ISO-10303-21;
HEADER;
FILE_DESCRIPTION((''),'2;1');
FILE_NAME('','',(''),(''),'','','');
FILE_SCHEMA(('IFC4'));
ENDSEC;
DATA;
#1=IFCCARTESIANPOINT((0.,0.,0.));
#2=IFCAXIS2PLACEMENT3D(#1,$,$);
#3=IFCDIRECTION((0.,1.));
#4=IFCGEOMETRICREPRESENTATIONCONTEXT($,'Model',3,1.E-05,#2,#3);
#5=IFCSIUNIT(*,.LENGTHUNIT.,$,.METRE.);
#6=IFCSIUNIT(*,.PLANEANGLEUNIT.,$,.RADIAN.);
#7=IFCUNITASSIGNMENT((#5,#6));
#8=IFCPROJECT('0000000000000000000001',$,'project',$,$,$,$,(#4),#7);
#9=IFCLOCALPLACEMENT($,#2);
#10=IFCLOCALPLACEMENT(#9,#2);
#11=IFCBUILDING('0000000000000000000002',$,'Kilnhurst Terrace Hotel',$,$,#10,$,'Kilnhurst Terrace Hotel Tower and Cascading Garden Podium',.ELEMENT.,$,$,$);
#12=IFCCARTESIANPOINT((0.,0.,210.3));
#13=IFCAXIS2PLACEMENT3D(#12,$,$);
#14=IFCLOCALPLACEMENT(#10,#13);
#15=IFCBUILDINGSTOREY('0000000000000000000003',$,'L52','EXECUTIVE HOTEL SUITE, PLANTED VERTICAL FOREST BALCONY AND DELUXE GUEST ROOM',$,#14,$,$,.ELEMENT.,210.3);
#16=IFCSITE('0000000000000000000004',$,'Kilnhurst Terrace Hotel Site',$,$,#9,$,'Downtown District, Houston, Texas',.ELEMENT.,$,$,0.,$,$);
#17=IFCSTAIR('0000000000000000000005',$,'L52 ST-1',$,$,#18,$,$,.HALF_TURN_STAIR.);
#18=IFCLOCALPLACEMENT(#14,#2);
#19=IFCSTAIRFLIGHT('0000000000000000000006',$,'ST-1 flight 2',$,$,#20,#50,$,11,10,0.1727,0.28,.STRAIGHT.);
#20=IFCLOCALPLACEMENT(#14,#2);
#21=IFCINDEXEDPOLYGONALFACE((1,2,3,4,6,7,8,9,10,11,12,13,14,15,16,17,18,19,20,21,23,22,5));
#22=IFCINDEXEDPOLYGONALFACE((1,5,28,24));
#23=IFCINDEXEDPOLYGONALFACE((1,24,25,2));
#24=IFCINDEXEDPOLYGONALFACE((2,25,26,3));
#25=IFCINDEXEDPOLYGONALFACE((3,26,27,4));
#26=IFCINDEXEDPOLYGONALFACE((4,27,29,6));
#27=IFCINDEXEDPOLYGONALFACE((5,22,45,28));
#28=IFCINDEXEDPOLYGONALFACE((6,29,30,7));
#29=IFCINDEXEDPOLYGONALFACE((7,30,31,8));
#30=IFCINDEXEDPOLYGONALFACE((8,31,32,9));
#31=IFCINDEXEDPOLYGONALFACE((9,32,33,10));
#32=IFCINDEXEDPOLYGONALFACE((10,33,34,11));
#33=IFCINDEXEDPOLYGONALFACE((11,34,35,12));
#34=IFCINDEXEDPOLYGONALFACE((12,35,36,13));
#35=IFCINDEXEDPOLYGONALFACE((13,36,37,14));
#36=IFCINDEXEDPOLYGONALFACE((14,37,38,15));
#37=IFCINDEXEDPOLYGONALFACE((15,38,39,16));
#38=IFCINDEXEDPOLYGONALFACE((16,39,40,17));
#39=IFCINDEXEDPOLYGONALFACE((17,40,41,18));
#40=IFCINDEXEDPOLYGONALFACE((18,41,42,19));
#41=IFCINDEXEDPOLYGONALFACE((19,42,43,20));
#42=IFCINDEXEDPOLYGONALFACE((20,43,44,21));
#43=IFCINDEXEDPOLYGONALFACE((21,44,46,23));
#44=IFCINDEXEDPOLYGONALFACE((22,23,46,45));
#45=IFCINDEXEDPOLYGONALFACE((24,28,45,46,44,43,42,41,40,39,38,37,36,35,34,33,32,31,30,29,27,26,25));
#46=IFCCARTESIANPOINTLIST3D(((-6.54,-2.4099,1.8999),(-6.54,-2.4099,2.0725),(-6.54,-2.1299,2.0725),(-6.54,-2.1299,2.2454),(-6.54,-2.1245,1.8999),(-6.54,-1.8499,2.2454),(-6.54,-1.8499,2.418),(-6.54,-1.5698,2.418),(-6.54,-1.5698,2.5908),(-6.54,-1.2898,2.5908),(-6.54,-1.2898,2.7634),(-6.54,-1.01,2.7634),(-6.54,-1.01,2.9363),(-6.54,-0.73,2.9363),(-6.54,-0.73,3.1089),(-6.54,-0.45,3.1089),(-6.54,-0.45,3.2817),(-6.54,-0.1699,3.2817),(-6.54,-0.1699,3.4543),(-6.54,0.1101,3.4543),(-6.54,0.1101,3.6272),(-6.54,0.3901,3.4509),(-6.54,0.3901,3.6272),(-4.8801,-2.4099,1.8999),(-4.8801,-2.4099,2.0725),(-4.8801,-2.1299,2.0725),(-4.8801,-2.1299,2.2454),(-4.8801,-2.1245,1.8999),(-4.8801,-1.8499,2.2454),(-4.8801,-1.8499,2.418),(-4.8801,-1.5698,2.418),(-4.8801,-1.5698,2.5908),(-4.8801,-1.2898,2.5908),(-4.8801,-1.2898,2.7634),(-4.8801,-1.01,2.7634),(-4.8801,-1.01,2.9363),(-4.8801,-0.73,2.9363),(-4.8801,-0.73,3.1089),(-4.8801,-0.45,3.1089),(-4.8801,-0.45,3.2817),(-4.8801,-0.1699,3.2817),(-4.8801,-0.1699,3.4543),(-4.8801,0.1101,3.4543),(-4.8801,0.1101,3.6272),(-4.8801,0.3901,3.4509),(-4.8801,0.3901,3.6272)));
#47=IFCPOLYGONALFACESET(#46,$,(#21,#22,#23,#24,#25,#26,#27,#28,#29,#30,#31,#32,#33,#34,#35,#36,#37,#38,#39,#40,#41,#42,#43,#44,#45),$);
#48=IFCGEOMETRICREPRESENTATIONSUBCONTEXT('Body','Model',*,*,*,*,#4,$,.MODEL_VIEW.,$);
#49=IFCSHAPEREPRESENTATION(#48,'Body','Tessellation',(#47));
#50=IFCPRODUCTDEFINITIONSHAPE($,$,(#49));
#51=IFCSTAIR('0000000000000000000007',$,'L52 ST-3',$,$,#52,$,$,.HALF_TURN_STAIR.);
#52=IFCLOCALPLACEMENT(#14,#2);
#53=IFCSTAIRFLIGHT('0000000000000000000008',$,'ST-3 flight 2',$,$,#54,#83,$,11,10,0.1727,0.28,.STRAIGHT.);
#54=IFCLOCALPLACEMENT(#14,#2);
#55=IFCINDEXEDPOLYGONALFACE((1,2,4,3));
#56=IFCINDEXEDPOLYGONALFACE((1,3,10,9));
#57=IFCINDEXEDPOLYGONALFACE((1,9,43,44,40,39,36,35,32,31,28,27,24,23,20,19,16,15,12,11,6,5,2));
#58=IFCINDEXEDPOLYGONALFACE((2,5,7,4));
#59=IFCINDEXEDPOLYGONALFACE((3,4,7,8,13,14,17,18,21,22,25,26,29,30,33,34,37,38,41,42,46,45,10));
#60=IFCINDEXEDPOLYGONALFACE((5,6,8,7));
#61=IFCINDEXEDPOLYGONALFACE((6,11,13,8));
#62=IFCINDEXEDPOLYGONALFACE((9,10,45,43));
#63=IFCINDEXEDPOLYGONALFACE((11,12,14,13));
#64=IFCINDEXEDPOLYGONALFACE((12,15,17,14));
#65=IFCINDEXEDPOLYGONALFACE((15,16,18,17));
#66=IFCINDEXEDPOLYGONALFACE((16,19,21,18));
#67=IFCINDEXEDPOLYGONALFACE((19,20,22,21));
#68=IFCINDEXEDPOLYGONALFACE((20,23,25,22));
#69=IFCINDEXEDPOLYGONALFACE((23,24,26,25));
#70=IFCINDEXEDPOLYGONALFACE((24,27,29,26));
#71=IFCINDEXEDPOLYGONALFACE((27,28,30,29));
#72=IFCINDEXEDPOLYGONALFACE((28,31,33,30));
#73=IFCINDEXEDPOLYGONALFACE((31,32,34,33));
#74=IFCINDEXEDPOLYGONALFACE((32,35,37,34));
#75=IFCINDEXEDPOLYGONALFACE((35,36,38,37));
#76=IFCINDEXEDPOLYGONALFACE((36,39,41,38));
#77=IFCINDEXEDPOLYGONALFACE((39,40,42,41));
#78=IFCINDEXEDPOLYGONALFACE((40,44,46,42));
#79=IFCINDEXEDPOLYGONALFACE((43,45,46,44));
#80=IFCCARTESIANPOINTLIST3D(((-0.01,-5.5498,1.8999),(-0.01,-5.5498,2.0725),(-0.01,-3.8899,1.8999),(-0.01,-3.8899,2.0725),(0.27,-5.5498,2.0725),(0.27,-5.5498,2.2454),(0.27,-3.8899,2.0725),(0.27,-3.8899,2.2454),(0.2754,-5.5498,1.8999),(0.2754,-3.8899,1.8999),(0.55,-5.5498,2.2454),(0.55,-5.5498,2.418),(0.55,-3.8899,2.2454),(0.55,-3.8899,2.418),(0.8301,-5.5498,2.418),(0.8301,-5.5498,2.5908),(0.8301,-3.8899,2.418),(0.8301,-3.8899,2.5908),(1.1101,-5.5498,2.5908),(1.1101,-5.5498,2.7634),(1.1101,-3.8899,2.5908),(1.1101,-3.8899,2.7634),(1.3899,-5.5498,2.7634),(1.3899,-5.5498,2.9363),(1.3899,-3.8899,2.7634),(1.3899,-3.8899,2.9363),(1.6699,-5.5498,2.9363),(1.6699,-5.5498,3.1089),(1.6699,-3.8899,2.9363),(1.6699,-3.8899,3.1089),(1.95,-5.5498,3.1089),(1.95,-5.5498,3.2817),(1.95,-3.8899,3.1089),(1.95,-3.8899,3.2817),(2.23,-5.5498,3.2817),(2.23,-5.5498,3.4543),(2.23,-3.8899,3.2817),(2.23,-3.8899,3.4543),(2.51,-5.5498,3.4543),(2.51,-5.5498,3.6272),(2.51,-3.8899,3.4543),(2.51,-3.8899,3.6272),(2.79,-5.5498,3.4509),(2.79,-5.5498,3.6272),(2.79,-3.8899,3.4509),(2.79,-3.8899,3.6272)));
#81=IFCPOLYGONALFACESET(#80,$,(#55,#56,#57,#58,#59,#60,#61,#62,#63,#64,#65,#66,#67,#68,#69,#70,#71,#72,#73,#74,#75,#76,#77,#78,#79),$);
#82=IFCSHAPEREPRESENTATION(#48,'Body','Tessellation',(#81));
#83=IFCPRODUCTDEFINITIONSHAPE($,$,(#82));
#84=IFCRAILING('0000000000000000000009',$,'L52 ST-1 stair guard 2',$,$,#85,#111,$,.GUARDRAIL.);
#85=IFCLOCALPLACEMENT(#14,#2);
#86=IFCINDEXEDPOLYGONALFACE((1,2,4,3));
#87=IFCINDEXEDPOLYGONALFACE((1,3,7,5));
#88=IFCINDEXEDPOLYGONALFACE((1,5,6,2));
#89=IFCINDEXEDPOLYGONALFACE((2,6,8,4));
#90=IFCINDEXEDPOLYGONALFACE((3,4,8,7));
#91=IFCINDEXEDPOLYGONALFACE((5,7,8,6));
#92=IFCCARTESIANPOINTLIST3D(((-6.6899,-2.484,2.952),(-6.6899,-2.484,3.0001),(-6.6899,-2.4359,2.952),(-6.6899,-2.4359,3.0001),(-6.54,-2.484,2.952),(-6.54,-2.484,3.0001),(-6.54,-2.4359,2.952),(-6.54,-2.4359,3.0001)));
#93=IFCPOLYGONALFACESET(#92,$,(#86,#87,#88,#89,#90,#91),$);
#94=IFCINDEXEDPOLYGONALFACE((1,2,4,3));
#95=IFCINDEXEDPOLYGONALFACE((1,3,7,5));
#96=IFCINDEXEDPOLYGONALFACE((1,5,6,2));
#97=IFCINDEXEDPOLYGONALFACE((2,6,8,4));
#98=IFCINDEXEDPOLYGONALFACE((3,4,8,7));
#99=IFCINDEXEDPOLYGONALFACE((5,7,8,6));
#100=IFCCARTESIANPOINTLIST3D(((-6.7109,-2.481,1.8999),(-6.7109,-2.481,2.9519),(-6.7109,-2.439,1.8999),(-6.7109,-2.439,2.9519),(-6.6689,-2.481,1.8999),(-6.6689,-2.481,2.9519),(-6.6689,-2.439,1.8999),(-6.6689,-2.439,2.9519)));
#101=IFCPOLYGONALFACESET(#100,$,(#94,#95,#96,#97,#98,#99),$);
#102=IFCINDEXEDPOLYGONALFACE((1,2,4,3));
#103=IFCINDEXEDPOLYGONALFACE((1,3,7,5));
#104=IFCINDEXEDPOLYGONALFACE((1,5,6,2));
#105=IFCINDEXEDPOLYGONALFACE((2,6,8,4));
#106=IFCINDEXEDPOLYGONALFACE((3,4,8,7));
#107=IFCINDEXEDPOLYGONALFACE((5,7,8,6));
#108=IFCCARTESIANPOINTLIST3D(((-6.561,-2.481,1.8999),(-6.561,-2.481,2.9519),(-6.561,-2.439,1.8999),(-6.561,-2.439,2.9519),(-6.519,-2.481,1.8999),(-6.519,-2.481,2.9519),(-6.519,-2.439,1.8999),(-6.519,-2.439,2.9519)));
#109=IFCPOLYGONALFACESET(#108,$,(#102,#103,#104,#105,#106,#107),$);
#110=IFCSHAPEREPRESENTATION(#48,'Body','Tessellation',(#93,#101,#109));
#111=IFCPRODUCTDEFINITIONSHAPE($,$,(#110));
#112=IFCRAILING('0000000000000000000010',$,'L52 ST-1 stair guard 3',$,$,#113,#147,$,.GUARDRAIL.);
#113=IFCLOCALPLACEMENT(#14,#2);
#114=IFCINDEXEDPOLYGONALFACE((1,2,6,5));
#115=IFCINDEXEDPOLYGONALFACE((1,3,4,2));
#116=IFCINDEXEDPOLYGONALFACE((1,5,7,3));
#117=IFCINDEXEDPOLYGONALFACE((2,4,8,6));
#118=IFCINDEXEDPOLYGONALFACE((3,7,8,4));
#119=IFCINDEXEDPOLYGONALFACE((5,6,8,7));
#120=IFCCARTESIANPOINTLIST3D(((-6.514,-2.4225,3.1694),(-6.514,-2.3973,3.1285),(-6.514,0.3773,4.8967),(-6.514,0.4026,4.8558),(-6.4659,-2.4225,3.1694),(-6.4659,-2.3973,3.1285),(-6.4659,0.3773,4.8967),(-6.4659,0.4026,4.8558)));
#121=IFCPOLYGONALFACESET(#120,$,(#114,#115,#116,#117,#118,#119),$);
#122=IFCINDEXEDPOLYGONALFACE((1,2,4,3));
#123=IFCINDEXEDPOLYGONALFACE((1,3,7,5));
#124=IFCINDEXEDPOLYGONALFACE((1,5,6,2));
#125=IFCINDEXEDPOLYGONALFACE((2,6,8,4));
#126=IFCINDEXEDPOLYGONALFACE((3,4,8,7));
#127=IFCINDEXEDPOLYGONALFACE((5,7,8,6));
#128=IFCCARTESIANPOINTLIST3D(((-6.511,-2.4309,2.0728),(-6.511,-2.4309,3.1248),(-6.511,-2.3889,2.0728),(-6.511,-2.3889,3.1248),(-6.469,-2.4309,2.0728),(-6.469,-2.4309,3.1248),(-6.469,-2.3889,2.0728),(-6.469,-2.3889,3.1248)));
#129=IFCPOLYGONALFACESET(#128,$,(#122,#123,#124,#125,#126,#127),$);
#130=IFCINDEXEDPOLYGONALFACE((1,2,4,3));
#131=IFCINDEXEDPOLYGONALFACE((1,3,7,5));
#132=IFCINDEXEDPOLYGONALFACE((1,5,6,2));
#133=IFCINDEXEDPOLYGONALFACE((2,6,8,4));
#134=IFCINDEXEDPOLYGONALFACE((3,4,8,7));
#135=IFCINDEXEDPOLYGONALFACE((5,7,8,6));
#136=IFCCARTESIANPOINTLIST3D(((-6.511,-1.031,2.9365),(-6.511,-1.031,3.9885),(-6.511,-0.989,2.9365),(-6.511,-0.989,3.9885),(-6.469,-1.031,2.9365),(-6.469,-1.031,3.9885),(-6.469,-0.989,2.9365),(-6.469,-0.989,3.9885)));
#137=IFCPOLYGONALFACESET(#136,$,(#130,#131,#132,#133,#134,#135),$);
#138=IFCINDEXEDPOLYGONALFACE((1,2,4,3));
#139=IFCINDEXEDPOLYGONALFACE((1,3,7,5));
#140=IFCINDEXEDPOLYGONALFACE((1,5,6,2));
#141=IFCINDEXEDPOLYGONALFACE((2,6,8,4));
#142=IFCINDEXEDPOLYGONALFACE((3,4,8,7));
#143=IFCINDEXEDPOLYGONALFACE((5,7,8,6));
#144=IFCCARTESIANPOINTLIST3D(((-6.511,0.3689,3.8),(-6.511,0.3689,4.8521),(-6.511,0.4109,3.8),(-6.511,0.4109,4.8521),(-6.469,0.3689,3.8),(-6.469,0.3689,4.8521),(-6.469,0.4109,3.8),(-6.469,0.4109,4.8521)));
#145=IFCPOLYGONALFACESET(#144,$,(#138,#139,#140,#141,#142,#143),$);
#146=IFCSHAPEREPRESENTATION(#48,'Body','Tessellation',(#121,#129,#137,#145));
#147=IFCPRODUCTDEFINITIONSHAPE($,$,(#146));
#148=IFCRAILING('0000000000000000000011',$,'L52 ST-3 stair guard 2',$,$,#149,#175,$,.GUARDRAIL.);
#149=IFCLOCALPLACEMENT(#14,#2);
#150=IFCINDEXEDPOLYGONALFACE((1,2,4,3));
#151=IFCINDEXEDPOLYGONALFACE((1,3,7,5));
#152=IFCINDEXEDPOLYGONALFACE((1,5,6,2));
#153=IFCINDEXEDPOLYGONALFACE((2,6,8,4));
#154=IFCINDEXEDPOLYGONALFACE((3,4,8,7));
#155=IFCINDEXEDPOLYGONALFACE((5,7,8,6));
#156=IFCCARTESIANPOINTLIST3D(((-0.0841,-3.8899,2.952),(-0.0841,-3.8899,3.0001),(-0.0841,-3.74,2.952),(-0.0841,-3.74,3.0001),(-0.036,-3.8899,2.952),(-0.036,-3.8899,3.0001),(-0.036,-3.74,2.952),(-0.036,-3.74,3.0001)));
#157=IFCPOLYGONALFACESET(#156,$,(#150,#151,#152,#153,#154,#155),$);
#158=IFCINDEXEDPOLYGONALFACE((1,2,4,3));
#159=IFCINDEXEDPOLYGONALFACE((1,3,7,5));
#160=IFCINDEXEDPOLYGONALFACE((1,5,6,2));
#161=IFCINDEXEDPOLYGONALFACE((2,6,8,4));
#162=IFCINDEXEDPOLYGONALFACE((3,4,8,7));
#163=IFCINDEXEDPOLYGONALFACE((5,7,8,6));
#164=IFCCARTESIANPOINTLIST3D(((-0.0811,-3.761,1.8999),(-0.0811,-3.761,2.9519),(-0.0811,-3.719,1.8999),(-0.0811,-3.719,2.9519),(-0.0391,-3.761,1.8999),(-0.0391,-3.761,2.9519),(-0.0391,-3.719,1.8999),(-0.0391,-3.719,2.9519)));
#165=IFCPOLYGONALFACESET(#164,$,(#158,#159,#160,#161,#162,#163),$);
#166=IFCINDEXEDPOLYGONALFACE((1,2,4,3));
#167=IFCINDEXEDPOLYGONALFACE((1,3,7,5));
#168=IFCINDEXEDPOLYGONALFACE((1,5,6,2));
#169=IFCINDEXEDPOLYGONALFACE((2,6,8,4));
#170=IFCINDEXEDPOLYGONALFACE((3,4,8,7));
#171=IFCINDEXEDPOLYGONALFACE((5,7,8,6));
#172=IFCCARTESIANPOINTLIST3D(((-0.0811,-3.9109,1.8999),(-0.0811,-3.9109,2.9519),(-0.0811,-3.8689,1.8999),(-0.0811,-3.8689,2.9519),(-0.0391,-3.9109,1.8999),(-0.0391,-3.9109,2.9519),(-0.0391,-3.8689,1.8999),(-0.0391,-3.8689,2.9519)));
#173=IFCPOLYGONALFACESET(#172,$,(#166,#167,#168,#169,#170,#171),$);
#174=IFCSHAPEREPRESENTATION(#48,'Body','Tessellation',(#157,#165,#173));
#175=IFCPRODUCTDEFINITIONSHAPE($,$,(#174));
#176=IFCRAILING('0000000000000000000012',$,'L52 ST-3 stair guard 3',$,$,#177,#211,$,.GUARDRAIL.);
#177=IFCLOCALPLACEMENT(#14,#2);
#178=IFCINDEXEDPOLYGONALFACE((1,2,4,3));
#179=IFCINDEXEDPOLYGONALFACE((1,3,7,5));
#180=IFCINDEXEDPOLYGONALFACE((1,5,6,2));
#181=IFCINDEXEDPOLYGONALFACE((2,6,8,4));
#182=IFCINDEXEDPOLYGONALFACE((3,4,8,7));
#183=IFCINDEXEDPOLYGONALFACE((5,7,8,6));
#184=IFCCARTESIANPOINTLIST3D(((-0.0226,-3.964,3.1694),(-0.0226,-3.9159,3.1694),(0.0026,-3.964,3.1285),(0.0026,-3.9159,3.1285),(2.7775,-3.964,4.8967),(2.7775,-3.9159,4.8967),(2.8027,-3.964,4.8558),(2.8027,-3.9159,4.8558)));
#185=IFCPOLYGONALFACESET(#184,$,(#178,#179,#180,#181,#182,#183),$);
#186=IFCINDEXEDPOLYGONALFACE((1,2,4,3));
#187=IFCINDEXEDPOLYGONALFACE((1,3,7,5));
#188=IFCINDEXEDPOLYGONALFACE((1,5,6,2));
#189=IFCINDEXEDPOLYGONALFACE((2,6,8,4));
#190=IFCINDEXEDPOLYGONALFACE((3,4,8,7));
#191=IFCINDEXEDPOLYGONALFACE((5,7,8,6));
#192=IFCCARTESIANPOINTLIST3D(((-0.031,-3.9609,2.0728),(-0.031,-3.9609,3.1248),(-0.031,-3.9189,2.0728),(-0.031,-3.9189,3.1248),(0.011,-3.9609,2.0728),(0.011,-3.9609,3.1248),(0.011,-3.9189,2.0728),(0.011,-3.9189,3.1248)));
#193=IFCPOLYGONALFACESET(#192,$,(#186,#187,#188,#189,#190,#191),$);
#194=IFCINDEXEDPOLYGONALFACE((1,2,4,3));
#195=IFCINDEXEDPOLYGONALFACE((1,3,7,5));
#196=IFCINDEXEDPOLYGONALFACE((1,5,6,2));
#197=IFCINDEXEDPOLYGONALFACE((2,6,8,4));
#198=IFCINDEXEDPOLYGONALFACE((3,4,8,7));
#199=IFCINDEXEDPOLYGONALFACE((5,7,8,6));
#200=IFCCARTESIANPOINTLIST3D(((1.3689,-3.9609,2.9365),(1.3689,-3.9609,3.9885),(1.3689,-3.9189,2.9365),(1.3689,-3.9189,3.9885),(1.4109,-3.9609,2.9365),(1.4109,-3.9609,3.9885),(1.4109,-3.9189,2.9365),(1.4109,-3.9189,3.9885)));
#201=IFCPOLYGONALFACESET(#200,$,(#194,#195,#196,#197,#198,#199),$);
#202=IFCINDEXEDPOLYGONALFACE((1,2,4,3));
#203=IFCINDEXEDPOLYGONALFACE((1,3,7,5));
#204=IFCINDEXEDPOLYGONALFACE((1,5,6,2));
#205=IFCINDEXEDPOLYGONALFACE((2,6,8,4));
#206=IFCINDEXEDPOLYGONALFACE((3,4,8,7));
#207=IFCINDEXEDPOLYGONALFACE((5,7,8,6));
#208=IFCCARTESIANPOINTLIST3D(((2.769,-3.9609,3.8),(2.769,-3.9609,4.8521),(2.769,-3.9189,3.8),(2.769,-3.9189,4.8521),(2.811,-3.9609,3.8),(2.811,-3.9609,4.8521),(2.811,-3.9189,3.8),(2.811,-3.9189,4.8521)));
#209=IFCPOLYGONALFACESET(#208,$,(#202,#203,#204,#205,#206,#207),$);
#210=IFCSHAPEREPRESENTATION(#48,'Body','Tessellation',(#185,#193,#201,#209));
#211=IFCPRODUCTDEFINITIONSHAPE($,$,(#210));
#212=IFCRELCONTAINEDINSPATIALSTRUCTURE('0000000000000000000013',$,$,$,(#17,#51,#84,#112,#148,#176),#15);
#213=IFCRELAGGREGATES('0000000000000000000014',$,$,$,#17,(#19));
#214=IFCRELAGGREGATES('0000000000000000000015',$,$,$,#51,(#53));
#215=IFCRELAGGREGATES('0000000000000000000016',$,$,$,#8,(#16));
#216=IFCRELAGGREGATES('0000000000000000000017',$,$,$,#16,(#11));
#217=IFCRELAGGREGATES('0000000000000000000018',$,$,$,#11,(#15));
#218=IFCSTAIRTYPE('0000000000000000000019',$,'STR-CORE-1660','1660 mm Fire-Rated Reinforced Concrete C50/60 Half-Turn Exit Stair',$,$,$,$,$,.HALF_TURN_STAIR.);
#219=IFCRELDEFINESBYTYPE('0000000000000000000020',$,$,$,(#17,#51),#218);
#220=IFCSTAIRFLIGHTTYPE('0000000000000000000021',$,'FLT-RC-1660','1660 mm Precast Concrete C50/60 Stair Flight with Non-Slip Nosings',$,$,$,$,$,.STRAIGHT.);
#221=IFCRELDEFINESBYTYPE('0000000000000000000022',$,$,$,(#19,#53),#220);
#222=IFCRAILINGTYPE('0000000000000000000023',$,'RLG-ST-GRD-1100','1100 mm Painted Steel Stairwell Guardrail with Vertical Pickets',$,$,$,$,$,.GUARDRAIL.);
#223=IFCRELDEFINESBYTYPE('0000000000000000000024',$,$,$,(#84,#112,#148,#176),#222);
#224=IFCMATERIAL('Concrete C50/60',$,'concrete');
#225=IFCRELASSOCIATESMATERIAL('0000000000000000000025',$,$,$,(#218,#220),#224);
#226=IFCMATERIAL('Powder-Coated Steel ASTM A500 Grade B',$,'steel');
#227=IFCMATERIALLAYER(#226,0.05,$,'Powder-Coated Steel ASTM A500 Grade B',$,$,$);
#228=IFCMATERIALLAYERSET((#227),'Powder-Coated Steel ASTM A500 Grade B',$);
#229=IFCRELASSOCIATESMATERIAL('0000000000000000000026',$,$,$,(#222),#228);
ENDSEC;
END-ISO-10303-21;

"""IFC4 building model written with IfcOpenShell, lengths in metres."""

from ifc_helpers import new_model, si_unit, direction, frame, origin, origin_2d, place, context, subcontext, project, spatial, polyline, rectangle, outline, extrude, material, layer, layer_set, type_object, element, aggregate, save


model = new_model("IFC4")

# Units and contexts
model_context = context("Model", 3, precision=1e-05, world=origin(), true_north=direction((0.0, 1.0)))
body_context = subcontext(model_context, "Body", "Model", "MODEL_VIEW")
ifc_project = project(units=[si_unit("LENGTHUNIT", "METRE"), si_unit("PLANEANGLEUNIT", "RADIAN")], contexts=[model_context])

# Site, building, storey
site_placement = place(None, origin())
site = spatial("IfcSite", under=ifc_project, at=site_placement, Name="Kilnhurst Terrace Hotel Site", LongName="Downtown District, Houston, Texas", CompositionType="ELEMENT", RefElevation=0.0)
building_placement = place(site_placement, origin())
building = spatial("IfcBuilding", under=site, at=building_placement, Name="Kilnhurst Terrace Hotel", LongName="Kilnhurst Terrace Hotel Tower and Cascading Garden Podium", CompositionType="ELEMENT")
storey_placement = place(building_placement, frame((0.0, 0.0, 210.3)))
storey = spatial("IfcBuildingStorey", under=building, at=storey_placement, Name="L52", Description="EXECUTIVE HOTEL SUITE, PLANTED VERTICAL FOREST BALCONY AND DELUXE GUEST ROOM", CompositionType="ELEMENT", Elevation=210.3)

# Shared definitions
ifc_material_1 = material(Name="Concrete C50/60", Category="concrete")

# Stairs, stair flights
stair_type = type_object("IfcStairType", Name="STR-CORE-1660", Description="1660 mm Fire-Rated Reinforced Concrete C50/60 Half-Turn Exit Stair", PredefinedType="HALF_TURN_STAIR", material=ifc_material_1)
stair_1_placement = place(storey_placement, origin())
stair_1 = element("IfcStair", 1, at=stair_1_placement, inside=storey, type_object=stair_type, Name="L52 ST-1", PredefinedType="HALF_TURN_STAIR")
stair_flight_type = type_object("IfcStairFlightType", Name="FLT-RC-1660", Description="1660 mm Precast Concrete C50/60 Stair Flight with Non-Slip Nosings", PredefinedType="STRAIGHT", material=ifc_material_1)
stair_flight_1_placement = place(storey_placement, frame((-5.71, -2.4099, 1.8999), z_axis=(0.0, 0.0, 1.0), x_axis=(0.0, 1.0, 0.0)))
stair_flight_1 = element("IfcStairFlight", 2, at=stair_flight_1_placement, type_object=stair_flight_type, Name="ST-1 flight 2", NumberOfRisers=11, NumberOfTreads=10, PredefinedType="STRAIGHT", RiserHeight=0.1727, TreadLength=0.28, context=body_context, shape_type="SweptSolid", body=[
    extrude(outline(polyline([(0.0, 0.0), (0.0, 0.1726), (0.28, 0.1726), (0.28, 0.3455), (0.5601, 0.3455), (0.5601, 0.5181), (0.8401, 0.5181), (0.8401, 0.6909), (1.1201, 0.6909), (1.1201, 0.8635), (1.3999, 0.8635), (1.3999, 1.0364), (1.6799, 1.0364), (1.6799, 1.209), (1.96, 1.209), (1.96, 1.3818), (2.24, 1.3818), (2.24, 1.5544), (2.52, 1.5544), (2.52, 1.7273), (2.8, 1.7273), (2.8, 1.8999), (2.8, 1.551), (0.2854, 0.0), (0.0, 0.0)])), frame((0.0, 0.8301, 0.0), z_axis=(0.0, -1.0, 0.0), x_axis=(1.0, 0.0, 0.0)), (0.0, 0.0, 1.0), 1.6599),
])
aggregate(stair_1, [stair_flight_1])
stair_2_placement = place(storey_placement, origin())
stair_2 = element("IfcStair", 3, at=stair_2_placement, inside=storey, type_object=stair_type, Name="L52 ST-3", PredefinedType="HALF_TURN_STAIR")
stair_flight_2_placement = place(storey_placement, frame((-0.01, -4.72, 1.8999), z_axis=(0.0, 0.0, 1.0), x_axis=(1.0, 0.0, 0.0)))
stair_flight_2 = element("IfcStairFlight", 4, at=stair_flight_2_placement, type_object=stair_flight_type, Name="ST-3 flight 2", NumberOfRisers=11, NumberOfTreads=10, PredefinedType="STRAIGHT", RiserHeight=0.1727, TreadLength=0.28, context=body_context, shape_type="SweptSolid", body=[
    extrude(outline(polyline([(0.0, 0.0), (0.0, 0.1726), (0.28, 0.1726), (0.28, 0.3455), (0.5601, 0.3455), (0.5601, 0.5181), (0.8401, 0.5181), (0.8401, 0.6909), (1.1201, 0.6909), (1.1201, 0.8635), (1.3999, 0.8635), (1.3999, 1.0364), (1.6799, 1.0364), (1.6799, 1.209), (1.96, 1.209), (1.96, 1.3818), (2.24, 1.3818), (2.24, 1.5544), (2.52, 1.5544), (2.52, 1.7273), (2.8, 1.7273), (2.8, 1.8999), (2.8, 1.551), (0.2854, 0.0), (0.0, 0.0)])), frame((0.0, 0.8301, 0.0), z_axis=(0.0, -1.0, 0.0), x_axis=(1.0, 0.0, 0.0)), (0.0, 0.0, 1.0), 1.6599),
])
aggregate(stair_2, [stair_flight_2])

# Railings
ifc_material_2 = material(Name="Powder-Coated Steel ASTM A500 Grade B", Category="steel")
ifc_layer_1 = layer(ifc_material_2, 0.05, Name="Powder-Coated Steel ASTM A500 Grade B")
ifc_layer_set_1 = layer_set([ifc_layer_1], Name="Powder-Coated Steel ASTM A500 Grade B")
railing_type_1 = type_object("IfcRailingType", Name="RLG-ST-GRD-1100", Description="1100 mm Painted Steel Stairwell Guardrail with Vertical Pickets", PredefinedType="GUARDRAIL", material=ifc_layer_set_1)
railing_1_placement = place(storey_placement, frame((-6.6899, -2.46, 1.8999)))
element("IfcRailing", 5, at=railing_1_placement, inside=storey, type_object=railing_type_1, Name="L52 ST-1 stair guard 2", PredefinedType="GUARDRAIL", context=body_context, shape_type="SweptSolid", body=[
    extrude(rectangle(XDim=0.0481, YDim=0.0481, at=origin_2d()), frame((0.0, 0.0, 1.0762), z_axis=(1.0, 0.0, 0.0), x_axis=(0.0, 1.0, 0.0)), (0.0, 0.0, 1.0), 0.1499),
    extrude(rectangle(XDim=0.042, YDim=0.042, at=origin_2d()), origin(), (0.0, 0.0, 1.0), 1.052),
    extrude(rectangle(XDim=0.042, YDim=0.042, at=origin_2d()), frame((0.1499, 0.0, 0.0)), (0.0, 0.0, 1.0), 1.052),
])
railing_2_placement = place(storey_placement, frame((-6.49, -2.4099, 2.0728)))
element("IfcRailing", 6, at=railing_2_placement, inside=storey, type_object=railing_type_1, Name="L52 ST-1 stair guard 3", PredefinedType="GUARDRAIL", context=body_context, shape_type="SweptSolid", body=[
    extrude(rectangle(XDim=0.0481, YDim=0.0481, at=origin_2d()), frame((0.0, 0.0, 1.0762), z_axis=(0.0, 0.851069, 0.525054), x_axis=(-1.0, 0.0, 0.0)), (0.0, 0.0, 1.0), 3.2898),
    extrude(rectangle(XDim=0.042, YDim=0.042, at=origin_2d()), origin(), (0.0, 0.0, 1.0), 1.052),
    extrude(rectangle(XDim=0.042, YDim=0.042, at=origin_2d()), frame((0.0, 1.3999, 0.8638)), (0.0, 0.0, 1.0), 1.052),
    extrude(rectangle(XDim=0.042, YDim=0.042, at=origin_2d()), frame((0.0, 2.7998, 1.7273)), (0.0, 0.0, 1.0), 1.052),
])
railing_3_placement = place(storey_placement, frame((-0.0601, -3.74, 1.8999)))
element("IfcRailing", 7, at=railing_3_placement, inside=storey, type_object=railing_type_1, Name="L52 ST-3 stair guard 2", PredefinedType="GUARDRAIL", context=body_context, shape_type="SweptSolid", body=[
    extrude(rectangle(XDim=0.0481, YDim=0.0481, at=origin_2d()), frame((0.0, 0.0, 1.0762), z_axis=(0.0, -1.0, 0.0), x_axis=(1.0, 0.0, 0.0)), (0.0, 0.0, 1.0), 0.1499),
    extrude(rectangle(XDim=0.042, YDim=0.042, at=origin_2d()), origin(), (0.0, 0.0, 1.0), 1.052),
    extrude(rectangle(XDim=0.042, YDim=0.042, at=origin_2d()), frame((0.0, -0.1499, 0.0)), (0.0, 0.0, 1.0), 1.052),
])
railing_4_placement = place(storey_placement, frame((-0.01, -3.9399, 2.0728)))
element("IfcRailing", 8, at=railing_4_placement, inside=storey, type_object=railing_type_1, Name="L52 ST-3 stair guard 3", PredefinedType="GUARDRAIL", context=body_context, shape_type="SweptSolid", body=[
    extrude(rectangle(XDim=0.0481, YDim=0.0481, at=origin_2d()), frame((0.0, 0.0, 1.0762), z_axis=(0.85109, 0.0, 0.52502), x_axis=(0.0, 1.0, 0.0)), (0.0, 0.0, 1.0), 3.29),
    extrude(rectangle(XDim=0.042, YDim=0.042, at=origin_2d()), origin(), (0.0, 0.0, 1.0), 1.052),
    extrude(rectangle(XDim=0.042, YDim=0.042, at=origin_2d()), frame((1.3999, 0.0, 0.8638)), (0.0, 0.0, 1.0), 1.052),
    extrude(rectangle(XDim=0.042, YDim=0.042, at=origin_2d()), frame((2.8, 0.0, 1.7273)), (0.0, 0.0, 1.0), 1.052),
])

save(model, "model.ifc")
